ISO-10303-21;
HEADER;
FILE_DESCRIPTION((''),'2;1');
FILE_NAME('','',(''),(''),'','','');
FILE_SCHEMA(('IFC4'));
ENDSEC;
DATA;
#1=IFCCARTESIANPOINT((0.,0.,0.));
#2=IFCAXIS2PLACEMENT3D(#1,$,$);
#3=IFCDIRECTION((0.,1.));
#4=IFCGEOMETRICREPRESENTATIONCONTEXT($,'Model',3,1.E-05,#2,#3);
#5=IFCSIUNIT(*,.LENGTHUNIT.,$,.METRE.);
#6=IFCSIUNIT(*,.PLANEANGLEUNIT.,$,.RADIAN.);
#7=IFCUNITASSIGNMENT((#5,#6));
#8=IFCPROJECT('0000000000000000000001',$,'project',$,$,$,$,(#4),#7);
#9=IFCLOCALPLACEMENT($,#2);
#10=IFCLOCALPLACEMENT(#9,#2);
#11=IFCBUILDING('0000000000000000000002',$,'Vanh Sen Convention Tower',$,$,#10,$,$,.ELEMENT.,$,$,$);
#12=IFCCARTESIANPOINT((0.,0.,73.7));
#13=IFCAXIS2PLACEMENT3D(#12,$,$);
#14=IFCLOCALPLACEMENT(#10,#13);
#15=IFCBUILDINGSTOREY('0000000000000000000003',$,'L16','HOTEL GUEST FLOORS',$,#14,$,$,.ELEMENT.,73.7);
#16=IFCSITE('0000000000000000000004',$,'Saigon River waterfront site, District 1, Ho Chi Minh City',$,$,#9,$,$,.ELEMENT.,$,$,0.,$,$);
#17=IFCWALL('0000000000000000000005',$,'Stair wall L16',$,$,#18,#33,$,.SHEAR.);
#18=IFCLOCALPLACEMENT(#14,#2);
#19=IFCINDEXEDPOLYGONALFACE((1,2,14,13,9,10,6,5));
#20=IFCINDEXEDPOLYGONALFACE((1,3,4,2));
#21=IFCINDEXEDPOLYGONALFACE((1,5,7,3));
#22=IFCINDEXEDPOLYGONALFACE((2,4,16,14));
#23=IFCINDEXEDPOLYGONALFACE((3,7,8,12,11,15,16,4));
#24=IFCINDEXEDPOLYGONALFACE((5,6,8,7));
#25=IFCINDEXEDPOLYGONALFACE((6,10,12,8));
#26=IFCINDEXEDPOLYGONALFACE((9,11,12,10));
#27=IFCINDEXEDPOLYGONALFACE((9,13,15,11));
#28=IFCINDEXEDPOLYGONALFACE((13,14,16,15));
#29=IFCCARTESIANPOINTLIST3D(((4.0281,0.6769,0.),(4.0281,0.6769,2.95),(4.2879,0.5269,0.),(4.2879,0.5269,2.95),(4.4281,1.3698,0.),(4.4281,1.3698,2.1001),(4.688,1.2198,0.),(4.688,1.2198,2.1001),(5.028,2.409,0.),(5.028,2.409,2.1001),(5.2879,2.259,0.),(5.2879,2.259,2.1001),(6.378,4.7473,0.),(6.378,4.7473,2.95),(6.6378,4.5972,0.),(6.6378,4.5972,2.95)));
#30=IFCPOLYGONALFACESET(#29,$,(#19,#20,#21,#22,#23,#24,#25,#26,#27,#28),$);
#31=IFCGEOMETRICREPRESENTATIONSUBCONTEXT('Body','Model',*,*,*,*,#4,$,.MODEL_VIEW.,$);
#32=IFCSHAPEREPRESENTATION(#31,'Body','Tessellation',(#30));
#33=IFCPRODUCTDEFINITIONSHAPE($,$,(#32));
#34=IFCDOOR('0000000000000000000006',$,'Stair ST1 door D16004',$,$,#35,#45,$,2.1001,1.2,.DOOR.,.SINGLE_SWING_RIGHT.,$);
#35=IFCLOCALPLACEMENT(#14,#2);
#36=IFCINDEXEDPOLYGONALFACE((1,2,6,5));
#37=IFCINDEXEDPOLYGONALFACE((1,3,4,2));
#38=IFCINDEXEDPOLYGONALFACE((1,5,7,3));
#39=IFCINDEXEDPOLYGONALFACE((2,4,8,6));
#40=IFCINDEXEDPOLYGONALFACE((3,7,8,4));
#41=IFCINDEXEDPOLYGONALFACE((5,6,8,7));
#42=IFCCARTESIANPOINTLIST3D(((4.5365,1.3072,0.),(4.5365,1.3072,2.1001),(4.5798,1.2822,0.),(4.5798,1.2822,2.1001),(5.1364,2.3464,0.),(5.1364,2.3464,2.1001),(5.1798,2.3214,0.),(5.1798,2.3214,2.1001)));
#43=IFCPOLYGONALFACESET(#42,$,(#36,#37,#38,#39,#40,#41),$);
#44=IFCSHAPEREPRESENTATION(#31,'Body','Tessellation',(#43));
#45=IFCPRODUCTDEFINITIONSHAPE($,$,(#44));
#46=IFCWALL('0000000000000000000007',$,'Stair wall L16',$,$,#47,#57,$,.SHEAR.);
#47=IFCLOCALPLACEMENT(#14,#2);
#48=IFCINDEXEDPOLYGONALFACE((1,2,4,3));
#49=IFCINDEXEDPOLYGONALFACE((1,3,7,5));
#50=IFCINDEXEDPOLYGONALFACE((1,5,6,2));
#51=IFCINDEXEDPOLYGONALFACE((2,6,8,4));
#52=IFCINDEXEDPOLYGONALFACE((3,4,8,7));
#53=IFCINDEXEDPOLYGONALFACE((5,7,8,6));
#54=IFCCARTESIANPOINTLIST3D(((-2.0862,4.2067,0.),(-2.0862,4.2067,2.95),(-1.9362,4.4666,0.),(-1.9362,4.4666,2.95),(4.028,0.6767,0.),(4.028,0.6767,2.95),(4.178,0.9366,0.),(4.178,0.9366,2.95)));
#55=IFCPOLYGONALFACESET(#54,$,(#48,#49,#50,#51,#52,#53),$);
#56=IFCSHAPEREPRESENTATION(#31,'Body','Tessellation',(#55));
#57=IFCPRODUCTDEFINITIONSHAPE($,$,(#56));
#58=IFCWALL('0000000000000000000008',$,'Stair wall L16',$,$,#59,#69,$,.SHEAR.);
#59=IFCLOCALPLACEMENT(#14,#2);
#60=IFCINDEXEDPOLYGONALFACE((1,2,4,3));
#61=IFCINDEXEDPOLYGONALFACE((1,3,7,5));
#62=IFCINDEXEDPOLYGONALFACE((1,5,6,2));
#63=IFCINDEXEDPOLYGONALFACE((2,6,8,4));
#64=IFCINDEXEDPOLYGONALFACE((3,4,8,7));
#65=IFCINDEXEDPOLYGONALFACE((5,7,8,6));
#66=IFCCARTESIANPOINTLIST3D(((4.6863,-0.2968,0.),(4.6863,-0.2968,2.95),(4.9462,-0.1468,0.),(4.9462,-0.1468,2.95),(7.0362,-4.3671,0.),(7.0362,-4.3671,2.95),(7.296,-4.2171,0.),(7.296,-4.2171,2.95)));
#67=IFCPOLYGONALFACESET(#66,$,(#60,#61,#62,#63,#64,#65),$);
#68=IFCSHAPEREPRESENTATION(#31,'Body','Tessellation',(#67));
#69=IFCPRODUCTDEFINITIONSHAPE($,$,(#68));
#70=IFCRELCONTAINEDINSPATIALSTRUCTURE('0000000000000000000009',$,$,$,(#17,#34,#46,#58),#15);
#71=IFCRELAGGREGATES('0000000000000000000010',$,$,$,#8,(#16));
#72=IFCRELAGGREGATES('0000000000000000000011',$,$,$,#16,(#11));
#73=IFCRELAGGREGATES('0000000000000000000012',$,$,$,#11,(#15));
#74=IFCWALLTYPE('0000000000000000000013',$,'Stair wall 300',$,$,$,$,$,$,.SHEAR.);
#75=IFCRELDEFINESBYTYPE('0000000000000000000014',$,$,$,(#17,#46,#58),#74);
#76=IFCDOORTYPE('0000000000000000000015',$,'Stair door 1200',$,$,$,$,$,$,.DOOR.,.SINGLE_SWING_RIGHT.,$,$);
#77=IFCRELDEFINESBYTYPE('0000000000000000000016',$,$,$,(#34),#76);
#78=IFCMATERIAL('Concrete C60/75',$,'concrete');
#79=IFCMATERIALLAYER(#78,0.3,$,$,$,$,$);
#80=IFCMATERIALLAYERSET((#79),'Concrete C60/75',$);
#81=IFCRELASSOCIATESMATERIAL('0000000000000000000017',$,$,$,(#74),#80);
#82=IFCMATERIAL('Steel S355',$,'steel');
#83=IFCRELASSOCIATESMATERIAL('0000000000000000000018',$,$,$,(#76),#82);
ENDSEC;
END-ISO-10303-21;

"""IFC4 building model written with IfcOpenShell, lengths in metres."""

from ifc_helpers import new_model, si_unit, direction, frame, frame_2d, origin, place, context, subcontext, project, spatial, rectangle, extrude, material, layer, layer_set, type_object, element, fill, save


model = new_model("IFC4")

# Units and contexts
model_context = context("Model", 3, precision=1e-05, world=origin(), true_north=direction((0.0, 1.0)))
body_context = subcontext(model_context, "Body", "Model", "MODEL_VIEW")
ifc_project = project(units=[si_unit("LENGTHUNIT", "METRE"), si_unit("PLANEANGLEUNIT", "RADIAN")], contexts=[model_context])

# Site, building, storey
site_placement = place(None, origin())
site = spatial("IfcSite", under=ifc_project, at=site_placement, Name="Saigon River waterfront site, District 1, Ho Chi Minh City", CompositionType="ELEMENT", RefElevation=0.0)
building_placement = place(site_placement, origin())
building = spatial("IfcBuilding", under=site, at=building_placement, Name="Vanh Sen Convention Tower", CompositionType="ELEMENT")
storey_placement = place(building_placement, frame((0.0, 0.0, 73.7)))
storey = spatial("IfcBuildingStorey", under=building, at=storey_placement, Name="L16", Description="HOTEL GUEST FLOORS", CompositionType="ELEMENT", Elevation=73.7)

# Wall, opening, door
ifc_material_1 = material(Name="Steel S355", Category="steel")
ifc_material_2 = material(Name="Concrete C60/75", Category="concrete")
ifc_layer_1 = layer(ifc_material_2, 0.3)
ifc_layer_set_1 = layer_set([ifc_layer_1], Name="Concrete C60/75")
wall_type_1 = type_object("IfcWallType", Name="Stair wall 300", PredefinedType="SHEAR", material=ifc_layer_set_1)
wall_1_placement = place(storey_placement, frame((4.158, 0.6018, 0.0), z_axis=(0.0, 0.0, 1.0), x_axis=(0.499977, 0.866039, 0.0)))
wall_1 = element("IfcWall", 1, at=wall_1_placement, inside=storey, type_object=wall_type_1, Name="Stair wall L16", PredefinedType="SHEAR", context=body_context, shape_type="SweptSolid", body=[
    extrude(rectangle(XDim=4.7, YDim=0.3, at=frame_2d((2.3501, 0.0))), origin(), (0.0, 0.0, 1.0), 2.95),
])
opening_1_placement = place(wall_1_placement, frame((0.8, 0.0, 0.0)))
opening_1 = element("IfcOpeningElement", 2, at=opening_1_placement, cuts=wall_1, PredefinedType="OPENING", context=body_context, shape_type="SweptSolid", body=[
    extrude(rectangle(XDim=1.2, YDim=2.1001, at=frame_2d((0.6001, 1.05))), frame((0.0, 0.1599, 0.0), z_axis=(0.0, -1.0, 0.0), x_axis=(1.0, 0.0, 0.0)), (0.0, 0.0, 1.0), 0.3201),
])
door_type_1 = type_object("IfcDoorType", Name="Stair door 1200", OperationType="SINGLE_SWING_RIGHT", PredefinedType="DOOR", material=ifc_material_1)
door_1_placement = place(opening_1_placement, origin())
door_1 = element("IfcDoor", 3, at=door_1_placement, inside=storey, type_object=door_type_1, Name="Stair ST1 door D16004", OperationType="SINGLE_SWING_RIGHT", OverallHeight=2.1001, OverallWidth=1.2, PredefinedType="DOOR", context=body_context, shape_type="SweptSolid", body=[
    extrude(rectangle(XDim=1.2, YDim=2.1001, at=frame_2d((0.6001, 1.05))), frame((0.0, 0.0249, 0.0), z_axis=(0.0, -1.0, 0.0), x_axis=(1.0, 0.0, 0.0)), (0.0, 0.0, 1.0), 0.05),
])
fill(opening_1, door_1)

# Walls
wall_2_placement = place(storey_placement, frame((4.103, 0.8066, 0.0), z_axis=(0.0, 0.0, 1.0), x_axis=(-0.866028, 0.499996, 0.0)))
element("IfcWall", 4, at=wall_2_placement, inside=storey, type_object=wall_type_1, Name="Stair wall L16", PredefinedType="SHEAR", context=body_context, shape_type="SweptSolid", body=[
    extrude(rectangle(XDim=7.0601, YDim=0.3, at=frame_2d((3.53, 0.0))), origin(), (0.0, 0.0, 1.0), 2.95),
])
wall_3_placement = place(storey_placement, frame((4.8162, -0.2217, 0.0), z_axis=(0.0, 0.0, 1.0), x_axis=(0.499977, -0.866039, 0.0)))
element("IfcWall", 5, at=wall_3_placement, inside=storey, type_object=wall_type_1, Name="Stair wall L16", PredefinedType="SHEAR", context=body_context, shape_type="SweptSolid", body=[
    extrude(rectangle(XDim=4.7, YDim=0.3, at=frame_2d((2.3501, 0.0))), origin(), (0.0, 0.0, 1.0), 2.95),
])

save(model, "model.ifc")
